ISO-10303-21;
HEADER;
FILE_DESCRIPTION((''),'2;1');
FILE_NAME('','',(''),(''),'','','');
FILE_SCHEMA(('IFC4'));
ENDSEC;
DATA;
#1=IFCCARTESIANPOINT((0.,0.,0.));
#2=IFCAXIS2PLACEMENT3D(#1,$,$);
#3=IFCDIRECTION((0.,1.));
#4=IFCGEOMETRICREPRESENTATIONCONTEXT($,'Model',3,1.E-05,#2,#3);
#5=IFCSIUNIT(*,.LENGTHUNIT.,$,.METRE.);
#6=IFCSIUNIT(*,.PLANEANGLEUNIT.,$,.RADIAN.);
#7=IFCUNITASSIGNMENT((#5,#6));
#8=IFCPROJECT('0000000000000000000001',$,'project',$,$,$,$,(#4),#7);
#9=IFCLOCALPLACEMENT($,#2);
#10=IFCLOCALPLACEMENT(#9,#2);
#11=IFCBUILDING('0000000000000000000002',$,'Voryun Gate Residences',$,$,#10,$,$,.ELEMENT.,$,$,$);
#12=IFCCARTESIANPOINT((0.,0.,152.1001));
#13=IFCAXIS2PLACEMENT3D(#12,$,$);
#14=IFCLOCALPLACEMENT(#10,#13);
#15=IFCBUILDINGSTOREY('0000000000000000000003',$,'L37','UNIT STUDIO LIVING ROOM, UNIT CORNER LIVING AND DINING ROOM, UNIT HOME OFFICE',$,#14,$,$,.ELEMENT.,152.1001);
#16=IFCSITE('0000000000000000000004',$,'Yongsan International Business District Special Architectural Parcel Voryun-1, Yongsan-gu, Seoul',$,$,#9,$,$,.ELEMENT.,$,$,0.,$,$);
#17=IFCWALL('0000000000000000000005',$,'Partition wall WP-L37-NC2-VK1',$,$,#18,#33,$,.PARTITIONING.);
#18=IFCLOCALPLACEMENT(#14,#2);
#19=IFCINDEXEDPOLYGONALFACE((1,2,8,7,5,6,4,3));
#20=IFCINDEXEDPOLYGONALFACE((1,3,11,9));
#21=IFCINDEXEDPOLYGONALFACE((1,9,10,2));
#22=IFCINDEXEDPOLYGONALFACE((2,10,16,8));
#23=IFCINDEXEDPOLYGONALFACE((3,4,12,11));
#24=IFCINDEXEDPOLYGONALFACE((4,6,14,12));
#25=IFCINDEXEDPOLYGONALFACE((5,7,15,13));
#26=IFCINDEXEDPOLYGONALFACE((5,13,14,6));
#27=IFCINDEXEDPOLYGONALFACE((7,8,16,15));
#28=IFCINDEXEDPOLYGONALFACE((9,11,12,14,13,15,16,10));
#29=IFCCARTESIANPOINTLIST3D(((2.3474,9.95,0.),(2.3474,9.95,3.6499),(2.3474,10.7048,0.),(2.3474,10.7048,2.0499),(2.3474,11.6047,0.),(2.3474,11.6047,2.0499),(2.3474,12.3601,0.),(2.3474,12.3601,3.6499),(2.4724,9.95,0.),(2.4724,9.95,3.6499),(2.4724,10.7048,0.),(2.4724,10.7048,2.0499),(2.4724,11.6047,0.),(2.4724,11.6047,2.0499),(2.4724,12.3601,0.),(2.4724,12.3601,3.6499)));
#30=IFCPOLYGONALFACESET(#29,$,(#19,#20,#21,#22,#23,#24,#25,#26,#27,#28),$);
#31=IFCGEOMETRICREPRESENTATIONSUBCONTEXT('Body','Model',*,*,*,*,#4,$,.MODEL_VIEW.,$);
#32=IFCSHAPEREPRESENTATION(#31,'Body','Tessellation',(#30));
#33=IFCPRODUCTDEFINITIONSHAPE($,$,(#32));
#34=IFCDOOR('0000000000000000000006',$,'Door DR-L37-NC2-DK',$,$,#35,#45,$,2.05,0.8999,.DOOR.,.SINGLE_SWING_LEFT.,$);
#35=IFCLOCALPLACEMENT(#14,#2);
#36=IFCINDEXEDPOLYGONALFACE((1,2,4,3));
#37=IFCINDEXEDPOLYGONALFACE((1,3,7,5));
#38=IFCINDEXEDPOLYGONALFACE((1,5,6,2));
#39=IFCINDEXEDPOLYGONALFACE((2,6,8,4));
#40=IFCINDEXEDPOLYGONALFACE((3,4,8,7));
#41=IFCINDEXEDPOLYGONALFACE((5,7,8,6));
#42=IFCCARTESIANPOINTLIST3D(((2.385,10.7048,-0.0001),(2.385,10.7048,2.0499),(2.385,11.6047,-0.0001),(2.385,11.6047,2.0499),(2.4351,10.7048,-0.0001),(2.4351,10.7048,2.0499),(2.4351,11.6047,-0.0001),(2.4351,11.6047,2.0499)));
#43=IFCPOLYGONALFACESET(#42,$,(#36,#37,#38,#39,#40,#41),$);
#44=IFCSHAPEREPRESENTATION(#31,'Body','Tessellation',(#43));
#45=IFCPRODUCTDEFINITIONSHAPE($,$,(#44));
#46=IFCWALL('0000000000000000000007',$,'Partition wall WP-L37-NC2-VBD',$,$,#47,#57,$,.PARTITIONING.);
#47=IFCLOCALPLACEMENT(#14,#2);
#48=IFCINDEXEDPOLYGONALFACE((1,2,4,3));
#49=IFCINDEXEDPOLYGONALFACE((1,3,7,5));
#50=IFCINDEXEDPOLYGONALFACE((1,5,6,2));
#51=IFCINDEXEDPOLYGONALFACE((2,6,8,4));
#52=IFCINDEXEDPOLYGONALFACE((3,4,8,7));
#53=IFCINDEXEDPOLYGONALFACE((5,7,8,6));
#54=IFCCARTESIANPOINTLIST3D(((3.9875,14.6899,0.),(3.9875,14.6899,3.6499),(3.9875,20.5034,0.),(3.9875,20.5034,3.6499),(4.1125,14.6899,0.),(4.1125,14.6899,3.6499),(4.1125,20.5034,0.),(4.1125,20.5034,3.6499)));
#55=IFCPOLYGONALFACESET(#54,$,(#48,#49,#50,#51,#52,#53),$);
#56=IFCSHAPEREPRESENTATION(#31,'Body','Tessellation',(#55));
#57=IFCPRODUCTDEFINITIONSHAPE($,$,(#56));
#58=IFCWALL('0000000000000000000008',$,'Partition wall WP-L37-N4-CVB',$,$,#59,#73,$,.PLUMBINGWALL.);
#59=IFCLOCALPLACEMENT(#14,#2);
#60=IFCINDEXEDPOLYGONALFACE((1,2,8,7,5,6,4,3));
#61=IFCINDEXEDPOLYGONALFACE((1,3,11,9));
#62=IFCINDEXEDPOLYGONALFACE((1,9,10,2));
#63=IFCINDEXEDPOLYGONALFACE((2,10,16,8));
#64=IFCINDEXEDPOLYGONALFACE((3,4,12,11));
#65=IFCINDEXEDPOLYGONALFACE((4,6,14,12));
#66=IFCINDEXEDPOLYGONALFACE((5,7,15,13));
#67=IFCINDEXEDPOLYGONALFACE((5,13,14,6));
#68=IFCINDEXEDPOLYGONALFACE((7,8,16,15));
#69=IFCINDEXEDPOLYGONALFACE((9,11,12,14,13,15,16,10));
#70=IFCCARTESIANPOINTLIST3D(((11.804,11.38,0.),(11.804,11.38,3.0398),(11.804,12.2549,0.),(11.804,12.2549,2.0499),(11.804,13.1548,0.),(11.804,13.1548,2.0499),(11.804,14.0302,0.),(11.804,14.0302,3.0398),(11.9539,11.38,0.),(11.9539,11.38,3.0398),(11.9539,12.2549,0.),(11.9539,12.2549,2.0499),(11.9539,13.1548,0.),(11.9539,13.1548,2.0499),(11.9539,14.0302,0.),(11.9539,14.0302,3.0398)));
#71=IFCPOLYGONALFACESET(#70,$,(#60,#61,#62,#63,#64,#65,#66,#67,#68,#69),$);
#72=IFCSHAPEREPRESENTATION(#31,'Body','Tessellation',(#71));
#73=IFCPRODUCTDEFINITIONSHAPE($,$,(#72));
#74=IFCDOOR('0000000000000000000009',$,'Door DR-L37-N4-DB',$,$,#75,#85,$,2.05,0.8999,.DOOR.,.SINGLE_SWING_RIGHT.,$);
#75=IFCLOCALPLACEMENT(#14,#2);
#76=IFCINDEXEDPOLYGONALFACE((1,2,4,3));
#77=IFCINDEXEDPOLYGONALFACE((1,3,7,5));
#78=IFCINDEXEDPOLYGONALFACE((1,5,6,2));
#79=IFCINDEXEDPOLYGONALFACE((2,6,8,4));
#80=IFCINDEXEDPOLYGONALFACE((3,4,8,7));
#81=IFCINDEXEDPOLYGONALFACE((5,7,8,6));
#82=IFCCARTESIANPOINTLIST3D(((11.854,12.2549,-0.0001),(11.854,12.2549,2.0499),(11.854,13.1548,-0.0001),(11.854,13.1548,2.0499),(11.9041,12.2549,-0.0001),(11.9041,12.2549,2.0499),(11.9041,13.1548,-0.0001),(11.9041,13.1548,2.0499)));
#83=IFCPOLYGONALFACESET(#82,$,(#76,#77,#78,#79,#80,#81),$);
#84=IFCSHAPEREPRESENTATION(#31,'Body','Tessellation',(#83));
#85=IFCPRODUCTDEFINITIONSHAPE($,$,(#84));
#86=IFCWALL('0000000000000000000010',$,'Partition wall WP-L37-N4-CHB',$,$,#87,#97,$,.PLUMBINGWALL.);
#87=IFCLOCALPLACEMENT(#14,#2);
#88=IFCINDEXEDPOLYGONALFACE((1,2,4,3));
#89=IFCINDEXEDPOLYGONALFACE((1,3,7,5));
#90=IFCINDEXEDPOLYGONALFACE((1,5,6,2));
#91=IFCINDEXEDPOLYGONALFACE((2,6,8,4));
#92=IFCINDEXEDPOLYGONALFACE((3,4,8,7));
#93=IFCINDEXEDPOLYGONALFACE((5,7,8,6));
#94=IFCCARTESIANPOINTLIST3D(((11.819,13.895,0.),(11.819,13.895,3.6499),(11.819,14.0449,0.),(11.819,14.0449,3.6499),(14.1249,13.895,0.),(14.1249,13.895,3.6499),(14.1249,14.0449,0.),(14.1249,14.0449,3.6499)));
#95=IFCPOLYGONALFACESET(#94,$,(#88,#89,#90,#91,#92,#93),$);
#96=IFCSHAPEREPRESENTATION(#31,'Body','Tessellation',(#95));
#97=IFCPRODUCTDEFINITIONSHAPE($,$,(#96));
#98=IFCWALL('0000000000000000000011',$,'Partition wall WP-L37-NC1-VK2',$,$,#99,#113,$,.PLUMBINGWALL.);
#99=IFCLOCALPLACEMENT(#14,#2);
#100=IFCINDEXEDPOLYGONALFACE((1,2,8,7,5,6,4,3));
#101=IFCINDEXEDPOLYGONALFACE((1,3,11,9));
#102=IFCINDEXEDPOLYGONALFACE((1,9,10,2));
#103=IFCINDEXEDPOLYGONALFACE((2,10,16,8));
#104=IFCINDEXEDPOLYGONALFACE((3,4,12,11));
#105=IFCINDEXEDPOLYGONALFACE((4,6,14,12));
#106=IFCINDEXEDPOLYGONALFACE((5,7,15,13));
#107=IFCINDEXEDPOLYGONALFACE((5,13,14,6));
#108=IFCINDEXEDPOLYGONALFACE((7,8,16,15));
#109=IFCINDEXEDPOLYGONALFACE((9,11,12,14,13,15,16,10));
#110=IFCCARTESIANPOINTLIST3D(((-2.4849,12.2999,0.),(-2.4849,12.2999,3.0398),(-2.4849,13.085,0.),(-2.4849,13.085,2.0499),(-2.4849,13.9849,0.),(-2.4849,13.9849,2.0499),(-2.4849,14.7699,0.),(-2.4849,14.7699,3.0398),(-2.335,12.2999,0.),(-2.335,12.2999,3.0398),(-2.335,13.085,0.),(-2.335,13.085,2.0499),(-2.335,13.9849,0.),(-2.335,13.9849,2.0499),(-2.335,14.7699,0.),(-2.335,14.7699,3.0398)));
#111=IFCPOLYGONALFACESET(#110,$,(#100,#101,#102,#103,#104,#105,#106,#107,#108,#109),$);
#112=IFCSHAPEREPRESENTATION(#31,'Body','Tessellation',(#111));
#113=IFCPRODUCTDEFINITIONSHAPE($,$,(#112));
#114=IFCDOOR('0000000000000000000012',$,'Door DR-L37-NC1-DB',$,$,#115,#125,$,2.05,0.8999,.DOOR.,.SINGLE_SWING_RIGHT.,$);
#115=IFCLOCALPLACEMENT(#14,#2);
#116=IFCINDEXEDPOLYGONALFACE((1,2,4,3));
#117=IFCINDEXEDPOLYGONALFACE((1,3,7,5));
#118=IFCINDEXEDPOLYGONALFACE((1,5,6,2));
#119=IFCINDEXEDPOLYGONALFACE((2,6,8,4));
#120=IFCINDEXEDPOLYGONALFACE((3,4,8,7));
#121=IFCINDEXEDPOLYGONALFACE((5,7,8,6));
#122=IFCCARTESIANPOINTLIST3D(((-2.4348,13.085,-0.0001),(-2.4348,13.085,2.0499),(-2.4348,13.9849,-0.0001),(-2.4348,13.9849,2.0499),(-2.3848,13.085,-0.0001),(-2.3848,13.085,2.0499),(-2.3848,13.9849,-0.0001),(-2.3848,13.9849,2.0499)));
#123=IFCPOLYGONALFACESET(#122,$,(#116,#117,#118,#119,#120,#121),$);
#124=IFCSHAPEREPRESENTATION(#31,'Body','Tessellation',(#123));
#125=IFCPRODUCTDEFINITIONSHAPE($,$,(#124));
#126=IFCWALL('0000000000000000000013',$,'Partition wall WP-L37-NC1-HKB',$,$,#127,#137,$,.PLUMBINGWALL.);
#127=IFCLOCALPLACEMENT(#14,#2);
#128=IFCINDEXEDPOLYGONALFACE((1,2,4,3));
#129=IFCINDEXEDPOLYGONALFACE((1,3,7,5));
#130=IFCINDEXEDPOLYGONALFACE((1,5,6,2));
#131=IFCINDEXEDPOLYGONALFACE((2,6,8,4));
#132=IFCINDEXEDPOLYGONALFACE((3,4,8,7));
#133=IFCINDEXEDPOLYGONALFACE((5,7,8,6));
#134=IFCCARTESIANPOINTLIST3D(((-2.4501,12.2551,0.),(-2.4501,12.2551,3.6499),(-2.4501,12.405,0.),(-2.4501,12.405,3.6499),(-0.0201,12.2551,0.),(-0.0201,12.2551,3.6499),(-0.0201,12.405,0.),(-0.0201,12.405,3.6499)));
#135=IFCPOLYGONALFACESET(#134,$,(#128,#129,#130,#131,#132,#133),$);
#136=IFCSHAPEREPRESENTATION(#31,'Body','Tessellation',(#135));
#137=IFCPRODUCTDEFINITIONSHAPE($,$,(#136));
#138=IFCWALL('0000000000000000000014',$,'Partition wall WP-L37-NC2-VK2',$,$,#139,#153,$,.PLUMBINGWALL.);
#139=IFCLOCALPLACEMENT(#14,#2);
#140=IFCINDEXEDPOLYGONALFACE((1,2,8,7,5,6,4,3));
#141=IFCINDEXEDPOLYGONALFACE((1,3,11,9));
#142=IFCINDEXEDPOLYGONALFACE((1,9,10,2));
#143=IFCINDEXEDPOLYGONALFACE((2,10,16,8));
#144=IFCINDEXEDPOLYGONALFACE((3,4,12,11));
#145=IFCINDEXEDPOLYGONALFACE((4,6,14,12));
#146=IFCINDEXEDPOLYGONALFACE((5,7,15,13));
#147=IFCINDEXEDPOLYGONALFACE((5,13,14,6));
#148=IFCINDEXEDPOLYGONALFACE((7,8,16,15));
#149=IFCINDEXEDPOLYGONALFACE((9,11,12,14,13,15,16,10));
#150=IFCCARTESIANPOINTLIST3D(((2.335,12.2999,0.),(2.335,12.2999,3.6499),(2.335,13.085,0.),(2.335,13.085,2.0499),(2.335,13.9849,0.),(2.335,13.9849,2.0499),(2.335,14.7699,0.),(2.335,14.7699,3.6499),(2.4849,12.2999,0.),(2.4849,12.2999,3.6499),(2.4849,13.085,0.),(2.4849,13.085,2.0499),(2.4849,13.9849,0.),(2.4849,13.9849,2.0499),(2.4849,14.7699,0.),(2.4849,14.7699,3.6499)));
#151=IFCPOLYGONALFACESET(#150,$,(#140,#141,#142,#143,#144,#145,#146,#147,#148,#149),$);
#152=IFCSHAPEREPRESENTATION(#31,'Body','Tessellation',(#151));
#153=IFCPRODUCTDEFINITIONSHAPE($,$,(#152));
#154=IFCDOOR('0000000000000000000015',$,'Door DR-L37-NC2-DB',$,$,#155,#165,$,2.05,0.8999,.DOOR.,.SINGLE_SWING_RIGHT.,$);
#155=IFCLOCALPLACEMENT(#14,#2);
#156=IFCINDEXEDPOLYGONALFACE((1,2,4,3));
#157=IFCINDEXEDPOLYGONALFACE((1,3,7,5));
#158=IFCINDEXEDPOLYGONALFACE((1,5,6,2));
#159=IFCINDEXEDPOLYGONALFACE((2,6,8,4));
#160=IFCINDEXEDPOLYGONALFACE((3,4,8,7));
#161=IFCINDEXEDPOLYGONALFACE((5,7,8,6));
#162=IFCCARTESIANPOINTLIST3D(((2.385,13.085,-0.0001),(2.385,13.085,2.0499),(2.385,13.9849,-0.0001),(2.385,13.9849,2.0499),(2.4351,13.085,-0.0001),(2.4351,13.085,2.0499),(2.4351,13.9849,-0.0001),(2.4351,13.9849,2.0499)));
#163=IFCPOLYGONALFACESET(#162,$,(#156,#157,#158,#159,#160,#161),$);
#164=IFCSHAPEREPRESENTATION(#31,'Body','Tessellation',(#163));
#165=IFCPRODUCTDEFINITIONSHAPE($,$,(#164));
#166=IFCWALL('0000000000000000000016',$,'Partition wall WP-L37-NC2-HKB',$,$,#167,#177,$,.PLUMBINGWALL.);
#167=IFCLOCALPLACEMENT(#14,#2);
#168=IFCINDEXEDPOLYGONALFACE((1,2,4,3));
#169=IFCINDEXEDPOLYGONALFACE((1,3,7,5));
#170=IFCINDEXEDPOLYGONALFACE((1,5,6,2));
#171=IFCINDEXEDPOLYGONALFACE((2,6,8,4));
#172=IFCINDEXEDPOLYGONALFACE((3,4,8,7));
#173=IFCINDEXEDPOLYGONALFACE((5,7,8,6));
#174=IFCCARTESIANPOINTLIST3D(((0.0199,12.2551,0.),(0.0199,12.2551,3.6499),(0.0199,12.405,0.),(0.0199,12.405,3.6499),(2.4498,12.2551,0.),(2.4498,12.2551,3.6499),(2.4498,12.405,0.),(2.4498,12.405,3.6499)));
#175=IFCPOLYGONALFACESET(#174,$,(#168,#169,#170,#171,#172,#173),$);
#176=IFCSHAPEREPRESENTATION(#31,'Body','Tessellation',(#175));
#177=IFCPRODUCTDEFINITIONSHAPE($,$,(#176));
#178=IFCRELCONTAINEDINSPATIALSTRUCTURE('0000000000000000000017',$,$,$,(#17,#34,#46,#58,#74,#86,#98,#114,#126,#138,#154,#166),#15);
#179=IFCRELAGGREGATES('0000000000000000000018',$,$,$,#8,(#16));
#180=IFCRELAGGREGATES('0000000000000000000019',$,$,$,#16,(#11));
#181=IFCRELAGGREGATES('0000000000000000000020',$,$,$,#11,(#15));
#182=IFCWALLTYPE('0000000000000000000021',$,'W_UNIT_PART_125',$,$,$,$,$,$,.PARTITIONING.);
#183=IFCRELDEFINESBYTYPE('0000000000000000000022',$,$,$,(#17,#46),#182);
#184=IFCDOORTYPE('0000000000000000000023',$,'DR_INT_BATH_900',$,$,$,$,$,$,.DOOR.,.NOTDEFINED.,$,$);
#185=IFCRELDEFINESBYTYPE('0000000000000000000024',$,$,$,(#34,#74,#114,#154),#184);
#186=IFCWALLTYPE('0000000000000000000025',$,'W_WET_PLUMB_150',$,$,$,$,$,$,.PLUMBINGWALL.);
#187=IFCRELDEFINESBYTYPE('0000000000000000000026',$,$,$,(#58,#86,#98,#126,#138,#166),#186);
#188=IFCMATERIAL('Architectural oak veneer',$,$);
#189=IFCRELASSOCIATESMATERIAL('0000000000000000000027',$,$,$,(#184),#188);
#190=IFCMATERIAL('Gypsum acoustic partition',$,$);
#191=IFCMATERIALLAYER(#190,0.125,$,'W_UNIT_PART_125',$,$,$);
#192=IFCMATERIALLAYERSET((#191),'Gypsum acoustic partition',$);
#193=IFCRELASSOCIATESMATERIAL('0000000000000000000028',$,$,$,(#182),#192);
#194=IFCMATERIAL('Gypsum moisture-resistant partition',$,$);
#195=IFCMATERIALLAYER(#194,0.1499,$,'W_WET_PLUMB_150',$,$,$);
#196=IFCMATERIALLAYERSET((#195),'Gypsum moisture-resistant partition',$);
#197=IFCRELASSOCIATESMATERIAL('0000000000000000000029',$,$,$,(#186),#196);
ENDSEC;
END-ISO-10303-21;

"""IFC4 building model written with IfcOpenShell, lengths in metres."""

from ifc_helpers import new_model, si_unit, direction, frame, frame_2d, origin, place, context, subcontext, project, spatial, rectangle, extrude, material, layer, layer_set, type_object, element, fill, save


model = new_model("IFC4")

# Units and contexts
model_context = context("Model", 3, precision=1e-05, world=origin(), true_north=direction((0.0, 1.0)))
body_context = subcontext(model_context, "Body", "Model", "MODEL_VIEW")
ifc_project = project(units=[si_unit("LENGTHUNIT", "METRE"), si_unit("PLANEANGLEUNIT", "RADIAN")], contexts=[model_context])

# Site, building, storey
site_placement = place(None, origin())
site = spatial("IfcSite", under=ifc_project, at=site_placement, Name="Yongsan International Business District Special Architectural Parcel Voryun-1, Yongsan-gu, Seoul", CompositionType="ELEMENT", RefElevation=0.0)
building_placement = place(site_placement, origin())
building = spatial("IfcBuilding", under=site, at=building_placement, Name="Voryun Gate Residences", CompositionType="ELEMENT")
storey_placement = place(building_placement, frame((0.0, 0.0, 152.1001)))
storey = spatial("IfcBuildingStorey", under=building, at=storey_placement, Name="L37", Description="UNIT STUDIO LIVING ROOM, UNIT CORNER LIVING AND DINING ROOM, UNIT HOME OFFICE", CompositionType="ELEMENT", Elevation=152.1001)

# Shared definitions
ifc_material_1 = material(Name="Architectural oak veneer")
door_type_1 = type_object("IfcDoorType", Name="DR_INT_BATH_900", OperationType="NOTDEFINED", PredefinedType="DOOR", material=ifc_material_1)

# Shared definitions
ifc_material_2 = material(Name="Gypsum acoustic partition")
ifc_layer_1 = layer(ifc_material_2, 0.125, Name="W_UNIT_PART_125")
ifc_layer_set_1 = layer_set([ifc_layer_1], Name="Gypsum acoustic partition")
wall_type_1 = type_object("IfcWallType", Name="W_UNIT_PART_125", PredefinedType="PARTITIONING", material=ifc_layer_set_1)

# Wall, opening, door
wall_1_placement = place(storey_placement, frame((2.4099, 9.95, 0.0), z_axis=(0.0, 0.0, 1.0), x_axis=(0.0, 1.0, 0.0)))
wall_1 = element("IfcWall", 1, at=wall_1_placement, inside=storey, type_object=wall_type_1, Name="Partition wall WP-L37-NC2-VK1", PredefinedType="PARTITIONING", context=body_context, shape_type="SweptSolid", body=[
    extrude(rectangle(XDim=2.4102, YDim=0.125, at=frame_2d((1.2051, 0.0))), origin(), (0.0, 0.0, 1.0), 3.6499),
])
opening_1_placement = place(wall_1_placement, frame((0.7549, 0.0, 0.0)))
opening_1 = element("IfcOpeningElement", 2, at=opening_1_placement, cuts=wall_1, PredefinedType="OPENING", context=body_context, shape_type="SweptSolid", body=[
    extrude(rectangle(XDim=0.8999, YDim=2.05, at=frame_2d((0.45, 1.0249))), frame((0.0, 0.0725, 0.0), z_axis=(0.0, -1.0, 0.0), x_axis=(1.0, 0.0, 0.0)), (0.0, 0.0, 1.0), 0.145),
])
door_1_placement = place(opening_1_placement, origin())
door_1 = element("IfcDoor", 3, at=door_1_placement, inside=storey, type_object=door_type_1, Name="Door DR-L37-NC2-DK", OperationType="SINGLE_SWING_LEFT", OverallHeight=2.05, OverallWidth=0.8999, PredefinedType="DOOR", context=body_context, shape_type="SweptSolid", body=[
    extrude(rectangle(XDim=0.8999, YDim=2.05, at=frame_2d((0.45, 1.0249))), frame((0.0, 0.0249, 0.0), z_axis=(0.0, -1.0, 0.0), x_axis=(1.0, 0.0, 0.0)), (0.0, 0.0, 1.0), 0.05),
])
fill(opening_1, door_1)

# Wall
wall_2_placement = place(storey_placement, frame((4.05, 14.6899, 0.0), z_axis=(0.0, 0.0, 1.0), x_axis=(0.0, 1.0, 0.0)))
element("IfcWall", 4, at=wall_2_placement, inside=storey, type_object=wall_type_1, Name="Partition wall WP-L37-NC2-VBD", PredefinedType="PARTITIONING", context=body_context, shape_type="SweptSolid", body=[
    extrude(rectangle(XDim=5.8135, YDim=0.125, at=frame_2d((2.9067, 0.0))), origin(), (0.0, 0.0, 1.0), 3.6499),
])

# Wall, opening, door
ifc_material_3 = material(Name="Gypsum moisture-resistant partition")
ifc_layer_2 = layer(ifc_material_3, 0.1499, Name="W_WET_PLUMB_150")
ifc_layer_set_2 = layer_set([ifc_layer_2], Name="Gypsum moisture-resistant partition")
wall_type_2 = type_object("IfcWallType", Name="W_WET_PLUMB_150", PredefinedType="PLUMBINGWALL", material=ifc_layer_set_2)
wall_3_placement = place(storey_placement, frame((11.8789, 11.3799, 0.0), z_axis=(0.0, 0.0, 1.0), x_axis=(0.0, 1.0, 0.0)))
wall_3 = element("IfcWall", 5, at=wall_3_placement, inside=storey, type_object=wall_type_2, Name="Partition wall WP-L37-N4-CVB", PredefinedType="PLUMBINGWALL", context=body_context, shape_type="SweptSolid", body=[
    extrude(rectangle(XDim=2.6501, YDim=0.1499, at=frame_2d((1.3252, 0.0))), origin(), (0.0, 0.0, 1.0), 3.0398),
])
opening_2_placement = place(wall_3_placement, frame((0.875, 0.0, 0.0)))
opening_2 = element("IfcOpeningElement", 6, at=opening_2_placement, cuts=wall_3, PredefinedType="OPENING", context=body_context, shape_type="SweptSolid", body=[
    extrude(rectangle(XDim=0.8999, YDim=2.05, at=frame_2d((0.45, 1.0249))), frame((0.0, 0.085, 0.0), z_axis=(0.0, -1.0, 0.0), x_axis=(1.0, 0.0, 0.0)), (0.0, 0.0, 1.0), 0.1699),
])
door_2_placement = place(opening_2_placement, origin())
door_2 = element("IfcDoor", 7, at=door_2_placement, inside=storey, type_object=door_type_1, Name="Door DR-L37-N4-DB", OperationType="SINGLE_SWING_RIGHT", OverallHeight=2.05, OverallWidth=0.8999, PredefinedType="DOOR", context=body_context, shape_type="SweptSolid", body=[
    extrude(rectangle(XDim=0.8999, YDim=2.05, at=frame_2d((0.45, 1.0249))), frame((0.0, 0.0249, 0.0), z_axis=(0.0, -1.0, 0.0), x_axis=(1.0, 0.0, 0.0)), (0.0, 0.0, 1.0), 0.05),
])
fill(opening_2, door_2)

# Wall
wall_4_placement = place(storey_placement, frame((11.8191, 13.97, 0.0), z_axis=(0.0, 0.0, 1.0), x_axis=(1.0, 0.0, 0.0)))
element("IfcWall", 8, at=wall_4_placement, inside=storey, type_object=wall_type_2, Name="Partition wall WP-L37-N4-CHB", PredefinedType="PLUMBINGWALL", context=body_context, shape_type="SweptSolid", body=[
    extrude(rectangle(XDim=2.3059, YDim=0.1499, at=frame_2d((1.1528, 0.0))), origin(), (0.0, 0.0, 1.0), 3.6499),
])

# Wall, opening, door
wall_5_placement = place(storey_placement, frame((-2.4099, 12.3, 0.0), z_axis=(0.0, 0.0, 1.0), x_axis=(0.0, 1.0, 0.0)))
wall_5 = element("IfcWall", 9, at=wall_5_placement, inside=storey, type_object=wall_type_2, Name="Partition wall WP-L37-NC1-VK2", PredefinedType="PLUMBINGWALL", context=body_context, shape_type="SweptSolid", body=[
    extrude(rectangle(XDim=2.47, YDim=0.1499, at=frame_2d((1.2349, 0.0))), origin(), (0.0, 0.0, 1.0), 3.0398),
])
opening_3_placement = place(wall_5_placement, frame((0.7849, 0.0, 0.0)))
opening_3 = element("IfcOpeningElement", 10, at=opening_3_placement, cuts=wall_5, PredefinedType="OPENING", context=body_context, shape_type="SweptSolid", body=[
    extrude(rectangle(XDim=0.8999, YDim=2.05, at=frame_2d((0.45, 1.0249))), frame((0.0, 0.085, 0.0), z_axis=(0.0, -1.0, 0.0), x_axis=(1.0, 0.0, 0.0)), (0.0, 0.0, 1.0), 0.1699),
])
door_3_placement = place(opening_3_placement, origin())
door_3 = element("IfcDoor", 11, at=door_3_placement, inside=storey, type_object=door_type_1, Name="Door DR-L37-NC1-DB", OperationType="SINGLE_SWING_RIGHT", OverallHeight=2.05, OverallWidth=0.8999, PredefinedType="DOOR", context=body_context, shape_type="SweptSolid", body=[
    extrude(rectangle(XDim=0.8999, YDim=2.05, at=frame_2d((0.45, 1.0249))), frame((0.0, 0.0249, 0.0), z_axis=(0.0, -1.0, 0.0), x_axis=(1.0, 0.0, 0.0)), (0.0, 0.0, 1.0), 0.05),
])
fill(opening_3, door_3)

# Wall
wall_6_placement = place(storey_placement, frame((-2.45, 12.3301, 0.0), z_axis=(0.0, 0.0, 1.0), x_axis=(1.0, 0.0, 0.0)))
element("IfcWall", 12, at=wall_6_placement, inside=storey, type_object=wall_type_2, Name="Partition wall WP-L37-NC1-HKB", PredefinedType="PLUMBINGWALL", context=body_context, shape_type="SweptSolid", body=[
    extrude(rectangle(XDim=2.4299, YDim=0.1499, at=frame_2d((1.2148, 0.0))), origin(), (0.0, 0.0, 1.0), 3.6499),
])

# Wall, opening, door
wall_7_placement = place(storey_placement, frame((2.4099, 12.3, 0.0), z_axis=(0.0, 0.0, 1.0), x_axis=(0.0, 1.0, 0.0)))
wall_7 = element("IfcWall", 13, at=wall_7_placement, inside=storey, type_object=wall_type_2, Name="Partition wall WP-L37-NC2-VK2", PredefinedType="PLUMBINGWALL", context=body_context, shape_type="SweptSolid", body=[
    extrude(rectangle(XDim=2.47, YDim=0.1499, at=frame_2d((1.2349, 0.0))), origin(), (0.0, 0.0, 1.0), 3.6499),
])
opening_4_placement = place(wall_7_placement, frame((0.7849, 0.0, 0.0)))
opening_4 = element("IfcOpeningElement", 14, at=opening_4_placement, cuts=wall_7, PredefinedType="OPENING", context=body_context, shape_type="SweptSolid", body=[
    extrude(rectangle(XDim=0.8999, YDim=2.05, at=frame_2d((0.45, 1.0249))), frame((0.0, 0.085, 0.0), z_axis=(0.0, -1.0, 0.0), x_axis=(1.0, 0.0, 0.0)), (0.0, 0.0, 1.0), 0.1699),
])
door_4_placement = place(opening_4_placement, origin())
door_4 = element("IfcDoor", 15, at=door_4_placement, inside=storey, type_object=door_type_1, Name="Door DR-L37-NC2-DB", OperationType="SINGLE_SWING_RIGHT", OverallHeight=2.05, OverallWidth=0.8999, PredefinedType="DOOR", context=body_context, shape_type="SweptSolid", body=[
    extrude(rectangle(XDim=0.8999, YDim=2.05, at=frame_2d((0.45, 1.0249))), frame((0.0, 0.0249, 0.0), z_axis=(0.0, -1.0, 0.0), x_axis=(1.0, 0.0, 0.0)), (0.0, 0.0, 1.0), 0.05),
])
fill(opening_4, door_4)

# Wall
wall_8_placement = place(storey_placement, frame((0.02, 12.3301, 0.0), z_axis=(0.0, 0.0, 1.0), x_axis=(1.0, 0.0, 0.0)))
element("IfcWall", 16, at=wall_8_placement, inside=storey, type_object=wall_type_2, Name="Partition wall WP-L37-NC2-HKB", PredefinedType="PLUMBINGWALL", context=body_context, shape_type="SweptSolid", body=[
    extrude(rectangle(XDim=2.4299, YDim=0.1499, at=frame_2d((1.2148, 0.0))), origin(), (0.0, 0.0, 1.0), 3.6499),
])

save(model, "model.ifc")
